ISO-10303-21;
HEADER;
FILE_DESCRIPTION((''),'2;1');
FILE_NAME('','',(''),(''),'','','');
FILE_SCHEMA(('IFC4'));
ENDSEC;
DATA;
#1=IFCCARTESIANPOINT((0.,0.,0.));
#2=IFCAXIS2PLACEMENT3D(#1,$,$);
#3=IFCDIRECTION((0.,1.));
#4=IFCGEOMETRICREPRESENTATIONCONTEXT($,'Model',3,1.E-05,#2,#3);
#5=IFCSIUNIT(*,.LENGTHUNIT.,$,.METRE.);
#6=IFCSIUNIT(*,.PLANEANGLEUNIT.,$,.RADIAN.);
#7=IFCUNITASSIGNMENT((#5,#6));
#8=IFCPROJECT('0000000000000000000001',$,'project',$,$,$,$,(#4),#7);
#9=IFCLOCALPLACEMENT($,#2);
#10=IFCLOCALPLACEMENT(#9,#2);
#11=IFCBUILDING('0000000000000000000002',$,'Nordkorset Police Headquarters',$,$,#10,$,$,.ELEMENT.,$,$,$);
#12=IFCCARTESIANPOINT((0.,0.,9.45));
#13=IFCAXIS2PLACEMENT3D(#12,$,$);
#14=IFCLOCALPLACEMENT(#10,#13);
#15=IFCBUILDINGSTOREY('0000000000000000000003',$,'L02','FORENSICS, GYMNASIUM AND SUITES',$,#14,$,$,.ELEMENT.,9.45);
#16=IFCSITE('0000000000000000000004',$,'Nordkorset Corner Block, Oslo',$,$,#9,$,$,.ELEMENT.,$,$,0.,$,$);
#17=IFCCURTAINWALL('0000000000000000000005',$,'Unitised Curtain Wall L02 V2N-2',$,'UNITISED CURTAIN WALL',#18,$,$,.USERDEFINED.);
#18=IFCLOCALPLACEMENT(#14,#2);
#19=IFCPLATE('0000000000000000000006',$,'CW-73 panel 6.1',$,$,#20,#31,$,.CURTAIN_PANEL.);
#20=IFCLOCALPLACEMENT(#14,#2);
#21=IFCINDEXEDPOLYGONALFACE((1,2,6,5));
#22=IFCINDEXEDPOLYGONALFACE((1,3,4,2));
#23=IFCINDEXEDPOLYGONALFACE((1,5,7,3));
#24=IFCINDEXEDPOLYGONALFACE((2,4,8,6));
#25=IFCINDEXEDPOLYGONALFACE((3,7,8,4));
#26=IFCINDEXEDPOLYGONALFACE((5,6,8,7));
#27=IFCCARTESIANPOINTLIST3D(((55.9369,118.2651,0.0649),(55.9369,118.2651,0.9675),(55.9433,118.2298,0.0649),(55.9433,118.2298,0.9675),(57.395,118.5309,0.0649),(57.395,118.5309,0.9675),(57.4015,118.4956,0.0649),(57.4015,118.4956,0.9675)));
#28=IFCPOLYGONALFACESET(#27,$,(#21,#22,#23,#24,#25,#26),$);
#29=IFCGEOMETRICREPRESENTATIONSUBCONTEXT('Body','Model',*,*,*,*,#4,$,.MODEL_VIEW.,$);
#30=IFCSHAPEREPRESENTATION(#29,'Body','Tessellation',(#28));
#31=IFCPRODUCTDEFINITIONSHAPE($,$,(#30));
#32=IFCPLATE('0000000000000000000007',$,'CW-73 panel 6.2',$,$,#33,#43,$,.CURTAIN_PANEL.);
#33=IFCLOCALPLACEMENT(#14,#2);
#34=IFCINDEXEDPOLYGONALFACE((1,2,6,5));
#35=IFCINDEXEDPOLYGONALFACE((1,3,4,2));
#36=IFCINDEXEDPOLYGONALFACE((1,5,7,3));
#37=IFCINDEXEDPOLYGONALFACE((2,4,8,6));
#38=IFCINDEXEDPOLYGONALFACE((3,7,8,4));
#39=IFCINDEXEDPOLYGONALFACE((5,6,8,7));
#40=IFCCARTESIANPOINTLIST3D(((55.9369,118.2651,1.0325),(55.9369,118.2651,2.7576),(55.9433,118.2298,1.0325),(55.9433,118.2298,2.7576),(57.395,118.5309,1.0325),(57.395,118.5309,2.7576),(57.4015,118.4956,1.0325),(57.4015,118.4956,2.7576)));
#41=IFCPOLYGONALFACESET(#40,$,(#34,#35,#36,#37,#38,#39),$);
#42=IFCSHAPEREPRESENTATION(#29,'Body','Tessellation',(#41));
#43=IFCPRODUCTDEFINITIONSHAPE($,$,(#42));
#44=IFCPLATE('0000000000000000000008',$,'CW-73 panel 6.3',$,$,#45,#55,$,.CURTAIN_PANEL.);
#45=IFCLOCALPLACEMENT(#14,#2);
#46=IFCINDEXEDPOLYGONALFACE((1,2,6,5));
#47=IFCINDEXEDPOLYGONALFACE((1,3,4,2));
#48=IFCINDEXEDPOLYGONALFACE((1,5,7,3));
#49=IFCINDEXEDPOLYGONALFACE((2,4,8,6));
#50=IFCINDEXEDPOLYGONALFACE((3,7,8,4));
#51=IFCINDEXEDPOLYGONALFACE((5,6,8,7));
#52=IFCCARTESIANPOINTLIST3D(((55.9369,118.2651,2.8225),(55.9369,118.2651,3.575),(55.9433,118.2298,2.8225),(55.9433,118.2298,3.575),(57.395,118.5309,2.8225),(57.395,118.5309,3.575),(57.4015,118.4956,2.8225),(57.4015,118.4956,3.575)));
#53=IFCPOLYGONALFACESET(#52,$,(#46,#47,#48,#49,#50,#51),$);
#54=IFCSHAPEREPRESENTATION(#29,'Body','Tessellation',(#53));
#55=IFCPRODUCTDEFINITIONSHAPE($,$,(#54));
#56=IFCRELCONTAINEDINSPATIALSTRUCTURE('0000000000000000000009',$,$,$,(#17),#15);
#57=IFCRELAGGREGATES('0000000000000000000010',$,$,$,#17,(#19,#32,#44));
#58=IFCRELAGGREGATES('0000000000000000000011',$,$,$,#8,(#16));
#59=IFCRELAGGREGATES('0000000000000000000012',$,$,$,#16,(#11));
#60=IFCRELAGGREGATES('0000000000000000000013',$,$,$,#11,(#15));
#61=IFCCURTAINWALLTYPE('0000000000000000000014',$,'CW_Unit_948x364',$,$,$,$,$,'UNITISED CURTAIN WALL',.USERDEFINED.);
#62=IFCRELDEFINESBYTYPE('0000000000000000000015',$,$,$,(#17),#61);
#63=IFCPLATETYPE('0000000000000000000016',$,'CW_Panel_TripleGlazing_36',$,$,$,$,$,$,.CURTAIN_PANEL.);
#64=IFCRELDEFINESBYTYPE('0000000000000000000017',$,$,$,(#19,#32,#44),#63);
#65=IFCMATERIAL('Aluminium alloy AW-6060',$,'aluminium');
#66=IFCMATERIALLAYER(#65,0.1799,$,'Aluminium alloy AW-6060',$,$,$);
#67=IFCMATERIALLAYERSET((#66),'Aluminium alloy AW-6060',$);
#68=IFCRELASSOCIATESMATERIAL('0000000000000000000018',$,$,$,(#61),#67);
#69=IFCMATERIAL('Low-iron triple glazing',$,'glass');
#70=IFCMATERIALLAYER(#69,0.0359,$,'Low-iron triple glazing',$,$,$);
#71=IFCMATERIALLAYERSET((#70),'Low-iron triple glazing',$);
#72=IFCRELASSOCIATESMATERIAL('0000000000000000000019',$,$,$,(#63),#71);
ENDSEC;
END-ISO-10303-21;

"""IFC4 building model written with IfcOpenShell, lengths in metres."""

from ifc_helpers import new_model, si_unit, direction, frame, origin, origin_2d, place, context, subcontext, project, spatial, rectangle, extrude, material, layer, layer_set, type_object, element, aggregate, save


model = new_model("IFC4")

# Units and contexts
model_context = context("Model", 3, precision=1e-05, world=origin(), true_north=direction((0.0, 1.0)))
body_context = subcontext(model_context, "Body", "Model", "MODEL_VIEW")
ifc_project = project(units=[si_unit("LENGTHUNIT", "METRE"), si_unit("PLANEANGLEUNIT", "RADIAN")], contexts=[model_context])

# Site, building, storey
site_placement = place(None, origin())
site = spatial("IfcSite", under=ifc_project, at=site_placement, Name="Nordkorset Corner Block, Oslo", CompositionType="ELEMENT", RefElevation=0.0)
building_placement = place(site_placement, origin())
building = spatial("IfcBuilding", under=site, at=building_placement, Name="Nordkorset Police Headquarters", CompositionType="ELEMENT")
storey_placement = place(building_placement, frame((0.0, 0.0, 9.45)))
storey = spatial("IfcBuildingStorey", under=building, at=storey_placement, Name="L02", Description="FORENSICS, GYMNASIUM AND SUITES", CompositionType="ELEMENT", Elevation=9.45)

# Curtain wall
ifc_material_1 = material(Name="Aluminium alloy AW-6060", Category="aluminium")
ifc_layer_1 = layer(ifc_material_1, 0.1799, Name="Aluminium alloy AW-6060")
ifc_layer_set_1 = layer_set([ifc_layer_1], Name="Aluminium alloy AW-6060")
curtain_wall_type_1 = type_object("IfcCurtainWallType", Name="CW_Unit_948x364", ElementType="UNITISED CURTAIN WALL", PredefinedType="USERDEFINED", material=ifc_layer_set_1)
curtain_wall_1_placement = place(storey_placement, origin())
curtain_wall_1 = element("IfcCurtainWall", 1, at=curtain_wall_1_placement, inside=storey, type_object=curtain_wall_type_1, Name="Unitised Curtain Wall L02 V2N-2", ObjectType="UNITISED CURTAIN WALL", PredefinedType="USERDEFINED")

# Plates
ifc_material_2 = material(Name="Low-iron triple glazing", Category="glass")
ifc_layer_2 = layer(ifc_material_2, 0.0359, Name="Low-iron triple glazing")
ifc_layer_set_2 = layer_set([ifc_layer_2], Name="Low-iron triple glazing")
plate_type = type_object("IfcPlateType", Name="CW_Panel_TripleGlazing_36", PredefinedType="CURTAIN_PANEL", material=ifc_layer_set_2)
plate_1_placement = place(storey_placement, frame((56.6692, 118.3804, 0.0649), z_axis=(0.0, 0.0, 1.0), x_axis=(0.983788, 0.179336, 0.0)))
plate_1 = element("IfcPlate", 2, at=plate_1_placement, type_object=plate_type, Name="CW-73 panel 6.1", PredefinedType="CURTAIN_PANEL", context=body_context, shape_type="SweptSolid", body=[
    extrude(rectangle(XDim=1.4822, YDim=0.0359, at=origin_2d()), origin(), (0.0, 0.0, 1.0), 0.9026),
])
plate_2_placement = place(storey_placement, frame((56.6692, 118.3804, 1.0325), z_axis=(0.0, 0.0, 1.0), x_axis=(0.983788, 0.179336, 0.0)))
plate_2 = element("IfcPlate", 3, at=plate_2_placement, type_object=plate_type, Name="CW-73 panel 6.2", PredefinedType="CURTAIN_PANEL", context=body_context, shape_type="SweptSolid", body=[
    extrude(rectangle(XDim=1.4822, YDim=0.0359, at=origin_2d()), origin(), (0.0, 0.0, 1.0), 1.7251),
])
plate_3_placement = place(storey_placement, frame((56.6692, 118.3804, 2.8225), z_axis=(0.0, 0.0, 1.0), x_axis=(0.983788, 0.179336, 0.0)))
plate_3 = element("IfcPlate", 4, at=plate_3_placement, type_object=plate_type, Name="CW-73 panel 6.3", PredefinedType="CURTAIN_PANEL", context=body_context, shape_type="SweptSolid", body=[
    extrude(rectangle(XDim=1.4822, YDim=0.0359, at=origin_2d()), origin(), (0.0, 0.0, 1.0), 0.7524),
])
aggregate(curtain_wall_1, [plate_1, plate_2, plate_3])

save(model, "model.ifc")
